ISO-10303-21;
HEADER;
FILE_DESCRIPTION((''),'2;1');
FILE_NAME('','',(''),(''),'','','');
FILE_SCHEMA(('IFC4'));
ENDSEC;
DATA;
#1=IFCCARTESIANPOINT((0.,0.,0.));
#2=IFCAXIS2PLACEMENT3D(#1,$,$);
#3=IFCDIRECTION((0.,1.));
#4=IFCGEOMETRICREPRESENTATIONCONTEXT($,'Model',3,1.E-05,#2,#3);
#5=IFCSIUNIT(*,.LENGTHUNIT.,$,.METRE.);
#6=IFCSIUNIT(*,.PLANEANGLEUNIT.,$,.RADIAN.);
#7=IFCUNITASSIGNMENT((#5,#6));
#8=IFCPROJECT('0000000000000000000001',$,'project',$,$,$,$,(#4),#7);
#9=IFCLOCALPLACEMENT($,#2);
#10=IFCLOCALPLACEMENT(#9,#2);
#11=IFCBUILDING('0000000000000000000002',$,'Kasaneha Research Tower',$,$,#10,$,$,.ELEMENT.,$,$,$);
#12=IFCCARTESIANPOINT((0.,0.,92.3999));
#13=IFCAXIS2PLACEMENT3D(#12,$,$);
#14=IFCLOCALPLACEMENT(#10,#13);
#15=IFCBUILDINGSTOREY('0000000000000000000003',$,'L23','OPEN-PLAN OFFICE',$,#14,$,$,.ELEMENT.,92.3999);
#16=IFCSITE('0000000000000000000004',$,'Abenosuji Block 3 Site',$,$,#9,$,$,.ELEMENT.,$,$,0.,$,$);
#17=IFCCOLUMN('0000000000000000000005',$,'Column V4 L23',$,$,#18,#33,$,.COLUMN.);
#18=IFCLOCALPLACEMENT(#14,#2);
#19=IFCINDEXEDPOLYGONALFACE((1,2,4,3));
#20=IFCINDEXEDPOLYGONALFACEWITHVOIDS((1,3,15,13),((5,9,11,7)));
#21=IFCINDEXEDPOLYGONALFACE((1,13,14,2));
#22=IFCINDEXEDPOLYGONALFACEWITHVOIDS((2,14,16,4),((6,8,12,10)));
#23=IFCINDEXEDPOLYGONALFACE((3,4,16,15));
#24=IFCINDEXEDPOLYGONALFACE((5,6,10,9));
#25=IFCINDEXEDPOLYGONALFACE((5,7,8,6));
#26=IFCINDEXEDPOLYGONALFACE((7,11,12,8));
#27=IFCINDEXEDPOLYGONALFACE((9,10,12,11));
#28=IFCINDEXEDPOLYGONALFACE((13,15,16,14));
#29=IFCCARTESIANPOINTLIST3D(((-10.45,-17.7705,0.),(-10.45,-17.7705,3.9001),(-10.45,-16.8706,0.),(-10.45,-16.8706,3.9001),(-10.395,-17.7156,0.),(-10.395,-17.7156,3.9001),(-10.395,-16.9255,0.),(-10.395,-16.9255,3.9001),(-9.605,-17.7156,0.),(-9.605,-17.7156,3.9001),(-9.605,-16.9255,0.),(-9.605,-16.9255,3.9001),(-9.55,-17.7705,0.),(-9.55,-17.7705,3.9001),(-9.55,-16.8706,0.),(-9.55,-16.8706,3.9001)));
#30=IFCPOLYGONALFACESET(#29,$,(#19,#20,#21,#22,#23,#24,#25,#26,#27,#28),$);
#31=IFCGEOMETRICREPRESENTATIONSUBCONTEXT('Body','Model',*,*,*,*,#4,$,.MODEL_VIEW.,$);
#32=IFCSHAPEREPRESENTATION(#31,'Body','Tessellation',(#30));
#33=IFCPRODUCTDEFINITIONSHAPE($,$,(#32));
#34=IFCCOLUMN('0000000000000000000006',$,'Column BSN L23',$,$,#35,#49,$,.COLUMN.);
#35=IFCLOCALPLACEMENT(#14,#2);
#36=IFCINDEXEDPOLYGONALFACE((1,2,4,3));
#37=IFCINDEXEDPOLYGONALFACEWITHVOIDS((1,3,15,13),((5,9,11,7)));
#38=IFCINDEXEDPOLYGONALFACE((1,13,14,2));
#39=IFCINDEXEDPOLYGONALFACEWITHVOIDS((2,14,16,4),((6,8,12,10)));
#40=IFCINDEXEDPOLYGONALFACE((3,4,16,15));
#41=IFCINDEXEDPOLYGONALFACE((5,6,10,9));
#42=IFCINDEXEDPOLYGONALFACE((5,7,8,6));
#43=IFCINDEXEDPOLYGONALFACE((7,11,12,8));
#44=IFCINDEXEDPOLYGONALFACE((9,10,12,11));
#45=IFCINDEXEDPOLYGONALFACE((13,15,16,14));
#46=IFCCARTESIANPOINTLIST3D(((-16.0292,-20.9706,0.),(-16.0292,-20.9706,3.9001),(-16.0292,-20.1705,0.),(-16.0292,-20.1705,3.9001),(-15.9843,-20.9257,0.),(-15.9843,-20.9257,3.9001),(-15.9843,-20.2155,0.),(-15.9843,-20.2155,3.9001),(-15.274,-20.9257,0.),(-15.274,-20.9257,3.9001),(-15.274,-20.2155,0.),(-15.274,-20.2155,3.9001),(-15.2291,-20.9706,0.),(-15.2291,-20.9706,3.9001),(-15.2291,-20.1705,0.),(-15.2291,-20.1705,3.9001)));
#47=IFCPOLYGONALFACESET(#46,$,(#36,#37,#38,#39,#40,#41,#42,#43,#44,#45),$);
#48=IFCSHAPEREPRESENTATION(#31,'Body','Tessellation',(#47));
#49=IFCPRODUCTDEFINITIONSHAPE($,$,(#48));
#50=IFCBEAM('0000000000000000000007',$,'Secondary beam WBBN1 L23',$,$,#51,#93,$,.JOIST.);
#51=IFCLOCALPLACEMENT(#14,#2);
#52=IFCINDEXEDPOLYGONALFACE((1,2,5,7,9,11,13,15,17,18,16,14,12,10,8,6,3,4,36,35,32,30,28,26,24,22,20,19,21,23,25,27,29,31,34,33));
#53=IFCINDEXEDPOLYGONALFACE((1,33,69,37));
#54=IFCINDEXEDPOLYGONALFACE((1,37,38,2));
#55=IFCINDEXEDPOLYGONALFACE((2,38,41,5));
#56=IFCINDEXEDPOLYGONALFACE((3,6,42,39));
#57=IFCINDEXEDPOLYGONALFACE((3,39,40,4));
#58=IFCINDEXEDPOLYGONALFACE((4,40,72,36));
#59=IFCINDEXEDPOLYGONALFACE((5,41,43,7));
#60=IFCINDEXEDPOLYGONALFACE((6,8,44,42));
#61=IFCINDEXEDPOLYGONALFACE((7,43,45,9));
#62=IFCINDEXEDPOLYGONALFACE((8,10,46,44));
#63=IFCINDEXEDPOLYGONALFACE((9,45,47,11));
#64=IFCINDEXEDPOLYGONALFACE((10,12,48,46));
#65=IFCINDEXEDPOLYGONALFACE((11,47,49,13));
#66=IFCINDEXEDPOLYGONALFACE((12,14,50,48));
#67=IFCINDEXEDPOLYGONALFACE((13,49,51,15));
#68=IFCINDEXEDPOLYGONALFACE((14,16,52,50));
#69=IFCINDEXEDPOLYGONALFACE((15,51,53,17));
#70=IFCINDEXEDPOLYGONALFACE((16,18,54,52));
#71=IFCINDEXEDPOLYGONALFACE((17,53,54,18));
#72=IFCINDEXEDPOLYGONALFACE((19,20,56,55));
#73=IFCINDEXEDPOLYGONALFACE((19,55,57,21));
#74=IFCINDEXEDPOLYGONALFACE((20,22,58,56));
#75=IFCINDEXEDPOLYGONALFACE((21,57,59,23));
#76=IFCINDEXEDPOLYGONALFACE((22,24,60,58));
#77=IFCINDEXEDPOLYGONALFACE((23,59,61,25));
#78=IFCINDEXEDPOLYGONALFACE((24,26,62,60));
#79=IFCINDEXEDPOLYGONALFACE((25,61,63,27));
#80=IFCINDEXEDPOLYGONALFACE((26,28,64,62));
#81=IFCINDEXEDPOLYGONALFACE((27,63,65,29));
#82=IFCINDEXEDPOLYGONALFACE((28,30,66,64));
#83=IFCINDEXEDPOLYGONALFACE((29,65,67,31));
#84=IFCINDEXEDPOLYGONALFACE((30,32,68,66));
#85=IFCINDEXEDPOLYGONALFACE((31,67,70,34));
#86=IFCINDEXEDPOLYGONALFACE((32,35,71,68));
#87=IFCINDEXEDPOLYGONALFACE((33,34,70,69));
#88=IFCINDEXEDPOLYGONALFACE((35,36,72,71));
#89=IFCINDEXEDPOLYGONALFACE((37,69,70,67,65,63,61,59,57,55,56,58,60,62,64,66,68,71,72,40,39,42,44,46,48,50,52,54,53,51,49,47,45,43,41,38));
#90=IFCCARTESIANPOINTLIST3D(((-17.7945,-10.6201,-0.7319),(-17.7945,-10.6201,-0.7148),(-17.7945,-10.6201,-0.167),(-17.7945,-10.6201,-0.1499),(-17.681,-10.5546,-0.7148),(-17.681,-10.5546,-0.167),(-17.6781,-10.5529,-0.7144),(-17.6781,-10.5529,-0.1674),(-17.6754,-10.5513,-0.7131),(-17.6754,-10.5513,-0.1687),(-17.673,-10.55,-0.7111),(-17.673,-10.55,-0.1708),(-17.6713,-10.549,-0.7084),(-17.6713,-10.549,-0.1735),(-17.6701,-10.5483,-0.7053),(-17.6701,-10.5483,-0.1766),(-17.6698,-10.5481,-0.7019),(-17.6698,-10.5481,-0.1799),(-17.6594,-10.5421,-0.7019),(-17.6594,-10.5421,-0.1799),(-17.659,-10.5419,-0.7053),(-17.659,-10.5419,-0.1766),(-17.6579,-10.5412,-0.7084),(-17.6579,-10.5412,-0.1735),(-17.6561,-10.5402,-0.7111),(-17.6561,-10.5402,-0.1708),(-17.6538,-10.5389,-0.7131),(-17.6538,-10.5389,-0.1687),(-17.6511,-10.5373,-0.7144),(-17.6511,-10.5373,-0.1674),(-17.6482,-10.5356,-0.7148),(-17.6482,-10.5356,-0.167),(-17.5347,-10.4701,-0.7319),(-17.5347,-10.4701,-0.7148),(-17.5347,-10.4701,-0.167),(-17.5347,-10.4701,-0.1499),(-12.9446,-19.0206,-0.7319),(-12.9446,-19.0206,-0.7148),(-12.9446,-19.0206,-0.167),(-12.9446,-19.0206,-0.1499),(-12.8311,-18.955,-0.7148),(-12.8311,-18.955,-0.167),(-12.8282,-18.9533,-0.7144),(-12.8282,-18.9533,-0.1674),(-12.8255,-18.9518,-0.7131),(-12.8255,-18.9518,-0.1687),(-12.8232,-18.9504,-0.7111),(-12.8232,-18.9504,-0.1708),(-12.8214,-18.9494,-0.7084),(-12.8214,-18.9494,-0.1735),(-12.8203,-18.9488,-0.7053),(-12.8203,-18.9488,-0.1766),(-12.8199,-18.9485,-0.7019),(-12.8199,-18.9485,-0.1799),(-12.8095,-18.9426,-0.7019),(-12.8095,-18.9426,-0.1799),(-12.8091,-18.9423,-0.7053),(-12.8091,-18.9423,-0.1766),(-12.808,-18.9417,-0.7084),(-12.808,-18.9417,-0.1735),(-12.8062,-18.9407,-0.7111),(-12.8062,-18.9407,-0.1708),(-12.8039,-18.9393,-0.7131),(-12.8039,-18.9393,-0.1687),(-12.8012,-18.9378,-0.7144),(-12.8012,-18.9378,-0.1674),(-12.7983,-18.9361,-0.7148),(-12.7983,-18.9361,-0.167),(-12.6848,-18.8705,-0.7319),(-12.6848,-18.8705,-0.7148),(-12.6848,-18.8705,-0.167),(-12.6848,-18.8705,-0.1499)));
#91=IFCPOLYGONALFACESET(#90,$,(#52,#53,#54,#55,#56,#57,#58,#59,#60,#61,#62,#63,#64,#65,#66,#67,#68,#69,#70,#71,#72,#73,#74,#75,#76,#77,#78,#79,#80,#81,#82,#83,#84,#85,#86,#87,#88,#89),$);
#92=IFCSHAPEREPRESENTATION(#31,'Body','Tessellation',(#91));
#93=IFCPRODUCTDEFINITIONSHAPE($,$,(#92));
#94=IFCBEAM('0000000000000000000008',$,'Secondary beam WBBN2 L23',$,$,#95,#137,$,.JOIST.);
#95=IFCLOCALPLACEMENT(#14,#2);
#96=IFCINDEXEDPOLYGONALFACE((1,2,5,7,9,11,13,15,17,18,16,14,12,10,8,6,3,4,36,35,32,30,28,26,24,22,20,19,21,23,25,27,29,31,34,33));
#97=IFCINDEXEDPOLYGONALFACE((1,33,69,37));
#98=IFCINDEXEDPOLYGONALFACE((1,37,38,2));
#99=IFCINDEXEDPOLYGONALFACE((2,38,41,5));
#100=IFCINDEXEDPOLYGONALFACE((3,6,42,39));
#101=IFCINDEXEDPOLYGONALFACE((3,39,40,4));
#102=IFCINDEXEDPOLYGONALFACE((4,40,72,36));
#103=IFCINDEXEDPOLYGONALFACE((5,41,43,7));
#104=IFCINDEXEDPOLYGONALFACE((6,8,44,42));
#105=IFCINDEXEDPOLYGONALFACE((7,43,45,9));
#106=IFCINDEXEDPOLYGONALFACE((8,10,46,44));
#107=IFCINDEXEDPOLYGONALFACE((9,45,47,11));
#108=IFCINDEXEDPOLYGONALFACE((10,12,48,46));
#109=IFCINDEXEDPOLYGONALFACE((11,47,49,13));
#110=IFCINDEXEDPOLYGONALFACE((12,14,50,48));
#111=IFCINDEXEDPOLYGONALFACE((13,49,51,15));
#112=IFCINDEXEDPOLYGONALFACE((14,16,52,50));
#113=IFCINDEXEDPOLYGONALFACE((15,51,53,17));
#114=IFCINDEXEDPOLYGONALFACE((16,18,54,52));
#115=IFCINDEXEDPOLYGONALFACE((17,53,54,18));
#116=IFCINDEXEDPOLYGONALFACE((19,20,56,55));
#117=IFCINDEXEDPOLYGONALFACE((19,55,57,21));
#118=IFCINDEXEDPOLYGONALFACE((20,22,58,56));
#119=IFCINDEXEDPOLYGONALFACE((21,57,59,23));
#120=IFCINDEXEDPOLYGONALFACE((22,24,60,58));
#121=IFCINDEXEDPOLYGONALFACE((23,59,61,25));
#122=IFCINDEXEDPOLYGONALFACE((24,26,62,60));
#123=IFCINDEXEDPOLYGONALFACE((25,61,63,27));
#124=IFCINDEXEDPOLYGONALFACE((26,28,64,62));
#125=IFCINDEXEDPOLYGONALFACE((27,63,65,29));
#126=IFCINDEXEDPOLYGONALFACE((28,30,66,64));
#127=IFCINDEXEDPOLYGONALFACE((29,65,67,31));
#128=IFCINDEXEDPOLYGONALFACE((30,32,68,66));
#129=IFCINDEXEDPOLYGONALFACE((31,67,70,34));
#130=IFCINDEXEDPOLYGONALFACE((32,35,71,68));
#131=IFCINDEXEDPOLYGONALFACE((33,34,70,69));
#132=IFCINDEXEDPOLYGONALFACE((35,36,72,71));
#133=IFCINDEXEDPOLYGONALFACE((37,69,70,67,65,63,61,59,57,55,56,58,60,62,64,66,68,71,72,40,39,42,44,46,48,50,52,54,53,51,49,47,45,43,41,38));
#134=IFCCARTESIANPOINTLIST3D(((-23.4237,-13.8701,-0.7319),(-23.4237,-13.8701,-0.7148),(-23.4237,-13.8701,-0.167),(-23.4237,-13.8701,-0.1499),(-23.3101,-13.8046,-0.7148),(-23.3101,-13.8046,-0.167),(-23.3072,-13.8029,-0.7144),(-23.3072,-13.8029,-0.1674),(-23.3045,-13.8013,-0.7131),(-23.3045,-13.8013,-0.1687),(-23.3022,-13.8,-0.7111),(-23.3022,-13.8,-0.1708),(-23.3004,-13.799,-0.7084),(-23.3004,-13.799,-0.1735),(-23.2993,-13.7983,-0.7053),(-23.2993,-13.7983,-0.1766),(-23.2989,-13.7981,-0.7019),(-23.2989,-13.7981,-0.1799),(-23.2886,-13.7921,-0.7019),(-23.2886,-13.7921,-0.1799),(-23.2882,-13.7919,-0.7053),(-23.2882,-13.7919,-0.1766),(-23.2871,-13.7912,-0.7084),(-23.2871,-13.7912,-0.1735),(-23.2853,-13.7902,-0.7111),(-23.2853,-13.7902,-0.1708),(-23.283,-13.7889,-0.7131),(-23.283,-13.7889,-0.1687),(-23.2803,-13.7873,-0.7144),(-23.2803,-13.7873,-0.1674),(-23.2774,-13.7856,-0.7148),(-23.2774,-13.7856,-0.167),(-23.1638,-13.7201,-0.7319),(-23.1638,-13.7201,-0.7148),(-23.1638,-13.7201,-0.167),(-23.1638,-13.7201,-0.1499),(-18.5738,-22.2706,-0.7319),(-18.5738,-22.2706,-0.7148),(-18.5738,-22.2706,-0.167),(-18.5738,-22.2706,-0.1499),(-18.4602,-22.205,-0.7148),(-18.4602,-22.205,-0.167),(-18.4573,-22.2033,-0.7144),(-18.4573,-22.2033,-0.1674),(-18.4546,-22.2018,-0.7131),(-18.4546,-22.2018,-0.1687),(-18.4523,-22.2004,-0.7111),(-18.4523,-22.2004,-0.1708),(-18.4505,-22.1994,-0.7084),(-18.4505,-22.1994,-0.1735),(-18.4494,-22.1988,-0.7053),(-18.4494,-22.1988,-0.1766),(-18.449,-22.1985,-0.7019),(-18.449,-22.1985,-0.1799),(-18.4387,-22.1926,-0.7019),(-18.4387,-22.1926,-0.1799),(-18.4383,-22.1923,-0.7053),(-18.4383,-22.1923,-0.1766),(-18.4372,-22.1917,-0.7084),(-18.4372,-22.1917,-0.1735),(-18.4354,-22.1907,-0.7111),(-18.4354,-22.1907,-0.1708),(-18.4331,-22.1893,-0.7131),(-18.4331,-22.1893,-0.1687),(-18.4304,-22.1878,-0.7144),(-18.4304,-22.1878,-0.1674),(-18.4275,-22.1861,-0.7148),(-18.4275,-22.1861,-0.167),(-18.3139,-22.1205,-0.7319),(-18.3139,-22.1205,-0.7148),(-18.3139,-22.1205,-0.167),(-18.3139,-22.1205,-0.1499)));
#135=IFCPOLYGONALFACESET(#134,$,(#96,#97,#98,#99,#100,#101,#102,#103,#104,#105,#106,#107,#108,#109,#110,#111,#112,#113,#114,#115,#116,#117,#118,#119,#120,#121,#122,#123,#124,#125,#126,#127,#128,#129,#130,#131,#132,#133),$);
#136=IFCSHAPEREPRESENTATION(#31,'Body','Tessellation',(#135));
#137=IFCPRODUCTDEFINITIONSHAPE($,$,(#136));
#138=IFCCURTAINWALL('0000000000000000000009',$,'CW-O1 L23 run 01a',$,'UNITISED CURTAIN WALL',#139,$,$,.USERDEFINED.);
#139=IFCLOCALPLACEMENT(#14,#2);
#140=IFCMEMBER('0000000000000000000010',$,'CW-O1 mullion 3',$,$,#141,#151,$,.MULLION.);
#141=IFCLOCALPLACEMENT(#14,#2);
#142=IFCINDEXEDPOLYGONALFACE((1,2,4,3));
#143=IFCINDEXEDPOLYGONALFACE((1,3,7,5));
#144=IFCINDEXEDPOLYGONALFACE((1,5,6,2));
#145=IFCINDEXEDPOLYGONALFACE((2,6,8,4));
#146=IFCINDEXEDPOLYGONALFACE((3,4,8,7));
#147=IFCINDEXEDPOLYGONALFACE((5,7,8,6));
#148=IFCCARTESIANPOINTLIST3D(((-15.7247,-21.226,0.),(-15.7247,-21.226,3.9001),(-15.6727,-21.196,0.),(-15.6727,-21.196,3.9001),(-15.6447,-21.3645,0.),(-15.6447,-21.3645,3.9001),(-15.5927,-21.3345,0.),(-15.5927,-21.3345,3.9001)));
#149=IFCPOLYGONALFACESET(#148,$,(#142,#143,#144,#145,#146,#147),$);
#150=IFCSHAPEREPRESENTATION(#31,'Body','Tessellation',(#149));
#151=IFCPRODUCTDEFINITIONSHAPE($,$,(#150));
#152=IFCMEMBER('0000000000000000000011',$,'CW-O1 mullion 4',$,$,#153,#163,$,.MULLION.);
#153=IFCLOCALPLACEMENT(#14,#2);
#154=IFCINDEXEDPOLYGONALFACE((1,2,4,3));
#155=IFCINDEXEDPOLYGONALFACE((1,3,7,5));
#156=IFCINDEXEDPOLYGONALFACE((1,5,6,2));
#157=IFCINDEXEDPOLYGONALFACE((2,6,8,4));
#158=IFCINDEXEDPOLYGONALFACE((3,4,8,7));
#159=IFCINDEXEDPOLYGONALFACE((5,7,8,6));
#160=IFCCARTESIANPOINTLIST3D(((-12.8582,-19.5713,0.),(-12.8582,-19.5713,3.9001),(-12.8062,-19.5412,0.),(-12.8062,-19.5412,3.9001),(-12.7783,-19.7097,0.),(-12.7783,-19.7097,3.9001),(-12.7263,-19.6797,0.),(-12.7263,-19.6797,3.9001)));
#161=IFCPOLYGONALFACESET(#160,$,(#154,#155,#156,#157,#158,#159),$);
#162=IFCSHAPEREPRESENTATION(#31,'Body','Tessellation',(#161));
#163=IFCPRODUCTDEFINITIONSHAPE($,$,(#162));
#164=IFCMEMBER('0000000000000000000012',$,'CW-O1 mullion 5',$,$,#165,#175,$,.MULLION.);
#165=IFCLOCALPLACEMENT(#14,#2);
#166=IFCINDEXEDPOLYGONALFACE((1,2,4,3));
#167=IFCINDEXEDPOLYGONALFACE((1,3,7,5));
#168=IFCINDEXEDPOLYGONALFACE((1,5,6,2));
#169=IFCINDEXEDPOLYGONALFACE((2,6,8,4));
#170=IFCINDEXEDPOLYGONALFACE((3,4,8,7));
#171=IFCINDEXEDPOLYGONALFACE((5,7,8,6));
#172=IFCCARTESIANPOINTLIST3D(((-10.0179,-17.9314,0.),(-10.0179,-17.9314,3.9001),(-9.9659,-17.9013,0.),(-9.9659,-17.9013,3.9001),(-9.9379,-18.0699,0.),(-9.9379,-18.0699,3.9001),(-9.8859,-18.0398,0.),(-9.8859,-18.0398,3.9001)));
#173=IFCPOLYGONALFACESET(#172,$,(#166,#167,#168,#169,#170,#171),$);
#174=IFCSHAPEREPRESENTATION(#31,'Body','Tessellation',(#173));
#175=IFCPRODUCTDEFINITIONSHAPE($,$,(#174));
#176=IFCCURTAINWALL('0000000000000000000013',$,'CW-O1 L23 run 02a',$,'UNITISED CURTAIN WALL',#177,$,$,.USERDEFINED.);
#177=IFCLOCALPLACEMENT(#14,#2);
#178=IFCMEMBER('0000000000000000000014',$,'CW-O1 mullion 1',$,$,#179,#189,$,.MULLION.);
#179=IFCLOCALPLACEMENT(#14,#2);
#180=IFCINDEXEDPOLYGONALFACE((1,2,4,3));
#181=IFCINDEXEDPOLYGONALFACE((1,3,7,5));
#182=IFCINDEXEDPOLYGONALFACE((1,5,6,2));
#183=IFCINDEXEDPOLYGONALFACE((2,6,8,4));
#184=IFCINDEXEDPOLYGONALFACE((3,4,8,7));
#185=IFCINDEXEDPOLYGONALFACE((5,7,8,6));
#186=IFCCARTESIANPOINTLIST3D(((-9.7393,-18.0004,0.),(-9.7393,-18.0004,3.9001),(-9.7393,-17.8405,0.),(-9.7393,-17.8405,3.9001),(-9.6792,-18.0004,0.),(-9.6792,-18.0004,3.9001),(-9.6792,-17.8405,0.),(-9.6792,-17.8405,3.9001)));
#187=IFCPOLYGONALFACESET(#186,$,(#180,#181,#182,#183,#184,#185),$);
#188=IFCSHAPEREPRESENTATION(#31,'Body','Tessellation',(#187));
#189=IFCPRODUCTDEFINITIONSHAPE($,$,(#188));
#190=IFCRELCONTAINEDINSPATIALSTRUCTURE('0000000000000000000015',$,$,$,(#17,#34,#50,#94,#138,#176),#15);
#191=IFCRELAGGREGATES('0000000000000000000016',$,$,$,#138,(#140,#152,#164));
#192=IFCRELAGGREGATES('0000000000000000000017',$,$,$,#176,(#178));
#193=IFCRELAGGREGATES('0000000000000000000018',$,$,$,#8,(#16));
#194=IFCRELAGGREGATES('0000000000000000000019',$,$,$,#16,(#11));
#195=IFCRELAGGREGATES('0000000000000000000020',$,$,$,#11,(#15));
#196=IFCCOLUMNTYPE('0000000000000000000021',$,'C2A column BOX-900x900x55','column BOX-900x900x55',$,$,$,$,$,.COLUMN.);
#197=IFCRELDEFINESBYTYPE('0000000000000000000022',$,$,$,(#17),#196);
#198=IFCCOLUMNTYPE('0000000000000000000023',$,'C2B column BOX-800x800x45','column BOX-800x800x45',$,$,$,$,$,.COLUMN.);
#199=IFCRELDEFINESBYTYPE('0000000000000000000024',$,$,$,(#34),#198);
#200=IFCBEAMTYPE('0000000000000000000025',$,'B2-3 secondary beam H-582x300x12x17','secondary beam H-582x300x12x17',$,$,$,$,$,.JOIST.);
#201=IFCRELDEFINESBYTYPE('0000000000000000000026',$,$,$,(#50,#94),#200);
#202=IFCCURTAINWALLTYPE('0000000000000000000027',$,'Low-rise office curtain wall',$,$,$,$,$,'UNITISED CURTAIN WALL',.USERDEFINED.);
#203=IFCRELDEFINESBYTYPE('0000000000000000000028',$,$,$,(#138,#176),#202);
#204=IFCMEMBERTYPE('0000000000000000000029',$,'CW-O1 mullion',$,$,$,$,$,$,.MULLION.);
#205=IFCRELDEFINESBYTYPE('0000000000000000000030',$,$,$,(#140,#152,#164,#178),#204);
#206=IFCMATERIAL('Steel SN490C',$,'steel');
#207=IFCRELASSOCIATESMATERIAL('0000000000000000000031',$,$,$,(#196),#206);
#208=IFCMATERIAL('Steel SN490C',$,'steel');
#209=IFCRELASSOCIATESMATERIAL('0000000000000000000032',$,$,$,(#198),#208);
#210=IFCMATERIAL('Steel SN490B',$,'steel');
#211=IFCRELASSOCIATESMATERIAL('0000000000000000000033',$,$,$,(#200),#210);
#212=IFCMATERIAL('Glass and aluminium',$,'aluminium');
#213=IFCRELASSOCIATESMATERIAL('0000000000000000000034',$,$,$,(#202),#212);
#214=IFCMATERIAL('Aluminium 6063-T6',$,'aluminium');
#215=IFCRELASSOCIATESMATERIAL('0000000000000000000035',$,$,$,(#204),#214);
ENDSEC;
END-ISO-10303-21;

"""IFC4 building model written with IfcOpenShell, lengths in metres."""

from ifc_helpers import new_model, si_unit, direction, frame, origin, origin_2d, place, context, subcontext, project, spatial, rectangle, hollow_rectangle, i_section, extrude, material, material_profile, profile_set, type_object, element, aggregate, save


model = new_model("IFC4")

# Units and contexts
model_context = context("Model", 3, precision=1e-05, world=origin(), true_north=direction((0.0, 1.0)))
body_context = subcontext(model_context, "Body", "Model", "MODEL_VIEW")
ifc_project = project(units=[si_unit("LENGTHUNIT", "METRE"), si_unit("PLANEANGLEUNIT", "RADIAN")], contexts=[model_context])

# Site, building, storey
site_placement = place(None, origin())
site = spatial("IfcSite", under=ifc_project, at=site_placement, Name="Abenosuji Block 3 Site", CompositionType="ELEMENT", RefElevation=0.0)
building_placement = place(site_placement, origin())
building = spatial("IfcBuilding", under=site, at=building_placement, Name="Kasaneha Research Tower", CompositionType="ELEMENT")
storey_placement = place(building_placement, frame((0.0, 0.0, 92.3999)))
storey = spatial("IfcBuildingStorey", under=building, at=storey_placement, Name="L23", Description="OPEN-PLAN OFFICE", CompositionType="ELEMENT", Elevation=92.3999)

# Columns
ifc_material_1 = material(Name="Steel SN490C", Category="steel")
ifc_material_profile_1 = material_profile(ifc_material_1, hollow_rectangle(XDim=0.8999, YDim=0.8999, WallThickness=0.0549, at=origin_2d()), Name="BOX-900x900x55")
ifc_profile_set_1 = profile_set([ifc_material_profile_1], Name="Steel SN490C")
column_type_1 = type_object("IfcColumnType", Name="C2A column BOX-900x900x55", Description="column BOX-900x900x55", PredefinedType="COLUMN", material=ifc_profile_set_1)
column_1_placement = place(storey_placement, frame((-10.0, -17.3206, 0.0), z_axis=(0.0, 0.0, 1.0), x_axis=(1.0, 0.0, 0.0)))
element("IfcColumn", 1, at=column_1_placement, inside=storey, type_object=column_type_1, Name="Column V4 L23", PredefinedType="COLUMN", context=body_context, shape_type="SweptSolid", body=[
    extrude(hollow_rectangle(XDim=0.8999, YDim=0.8999, WallThickness=0.0549, at=origin_2d()), origin(), (0.0, 0.0, 1.0), 3.9001),
])
ifc_material_2 = material(Name="Steel SN490C", Category="steel")
ifc_material_profile_2 = material_profile(ifc_material_2, hollow_rectangle(XDim=0.8, YDim=0.8, WallThickness=0.0449, at=origin_2d()), Name="BOX-800x800x45")
ifc_profile_set_2 = profile_set([ifc_material_profile_2], Name="Steel SN490C")
column_type_2 = type_object("IfcColumnType", Name="C2B column BOX-800x800x45", Description="column BOX-800x800x45", PredefinedType="COLUMN", material=ifc_profile_set_2)
column_2_placement = place(storey_placement, frame((-15.6292, -20.5706, 0.0), z_axis=(0.0, 0.0, 1.0), x_axis=(1.0, 0.0, 0.0)))
element("IfcColumn", 2, at=column_2_placement, inside=storey, type_object=column_type_2, Name="Column BSN L23", PredefinedType="COLUMN", context=body_context, shape_type="SweptSolid", body=[
    extrude(hollow_rectangle(XDim=0.8, YDim=0.8, WallThickness=0.0449, at=origin_2d()), origin(), (0.0, 0.0, 1.0), 3.9001),
])

# Beams
ifc_material_3 = material(Name="Steel SN490B", Category="steel")
ifc_material_profile_3 = material_profile(ifc_material_3, i_section(OverallWidth=0.3, OverallDepth=0.582, WebThickness=0.012, FlangeThickness=0.0171, FilletRadius=0.0129, at=origin_2d()), Name="H-582x300x12x17")
ifc_profile_set_3 = profile_set([ifc_material_profile_3], Name="Steel SN490B")
beam_type_1 = type_object("IfcBeamType", Name="B2-3 secondary beam H-582x300x12x17", Description="secondary beam H-582x300x12x17", PredefinedType="JOIST", material=ifc_profile_set_3)
for number, where, z_axis, x_axis, name in (
    (3, (-12.8147, -18.9456, -0.4409), (-0.499991, 0.866031, 0.0), (-0.866031, -0.499991, 0.0), "Secondary beam WBBN1 L23"),
    (4, (-18.4438, -22.1956, -0.4409), (-0.499991, 0.866031, 0.0), (-0.866031, -0.499991, 0.0), "Secondary beam WBBN2 L23"),
):
    element("IfcBeam", number, at=place(storey_placement, frame(where, z_axis=z_axis, x_axis=x_axis)), inside=storey, type_object=beam_type_1, Name=name, PredefinedType="JOIST", context=body_context, shape_type="SweptSolid", body=[
        extrude(i_section(OverallWidth=0.3, OverallDepth=0.582, WebThickness=0.012, FlangeThickness=0.0171, FilletRadius=0.0129, at=origin_2d()), origin(), (0.0, 0.0, 1.0), 9.7),
    ])

# Curtain walls, members
ifc_material_4 = material(Name="Glass and aluminium", Category="aluminium")
curtain_wall_type = type_object("IfcCurtainWallType", Name="Low-rise office curtain wall", ElementType="UNITISED CURTAIN WALL", PredefinedType="USERDEFINED", material=ifc_material_4)
curtain_wall_1_placement = place(storey_placement, origin())
curtain_wall_1 = element("IfcCurtainWall", 5, at=curtain_wall_1_placement, inside=storey, type_object=curtain_wall_type, Name="CW-O1 L23 run 01a", ObjectType="UNITISED CURTAIN WALL", PredefinedType="USERDEFINED")
ifc_material_5 = material(Name="Aluminium 6063-T6", Category="aluminium")
ifc_material_profile_4 = material_profile(ifc_material_5, rectangle(XDim=0.0601, YDim=0.1599, at=origin_2d()), Name="CW-O1 mullion 60x160")
ifc_profile_set_4 = profile_set([ifc_material_profile_4], Name="Aluminium 6063-T6")
member_type_1 = type_object("IfcMemberType", Name="CW-O1 mullion", PredefinedType="MULLION", material=ifc_profile_set_4)
member_1_placement = place(storey_placement, frame((-15.6587, -21.2803, 0.0), z_axis=(0.0, 0.0, 1.0), x_axis=(0.866025, 0.5, 0.0)))
member_1 = element("IfcMember", 6, at=member_1_placement, type_object=member_type_1, Name="CW-O1 mullion 3", PredefinedType="MULLION", context=body_context, shape_type="SweptSolid", body=[
    extrude(rectangle(XDim=0.0601, YDim=0.1599, at=origin_2d()), origin(), (0.0, 0.0, 1.0), 3.9001),
])
member_2_placement = place(storey_placement, frame((-12.7922, -19.6255, 0.0), z_axis=(0.0, 0.0, 1.0), x_axis=(0.866025, 0.5, 0.0)))
member_2 = element("IfcMember", 7, at=member_2_placement, type_object=member_type_1, Name="CW-O1 mullion 4", PredefinedType="MULLION", context=body_context, shape_type="SweptSolid", body=[
    extrude(rectangle(XDim=0.0601, YDim=0.1599, at=origin_2d()), origin(), (0.0, 0.0, 1.0), 3.9001),
])
member_3_placement = place(storey_placement, frame((-9.9519, -17.9856, 0.0), z_axis=(0.0, 0.0, 1.0), x_axis=(0.866025, 0.5, 0.0)))
member_3 = element("IfcMember", 8, at=member_3_placement, type_object=member_type_1, Name="CW-O1 mullion 5", PredefinedType="MULLION", context=body_context, shape_type="SweptSolid", body=[
    extrude(rectangle(XDim=0.0601, YDim=0.1599, at=origin_2d()), origin(), (0.0, 0.0, 1.0), 3.9001),
])
curtain_wall_2_placement = place(storey_placement, origin())
curtain_wall_2 = element("IfcCurtainWall", 9, at=curtain_wall_2_placement, inside=storey, type_object=curtain_wall_type, Name="CW-O1 L23 run 02a", ObjectType="UNITISED CURTAIN WALL", PredefinedType="USERDEFINED")
member_4_placement = place(storey_placement, frame((-9.7092, -17.9204, 0.0), z_axis=(0.0, 0.0, 1.0), x_axis=(1.0, 0.0, 0.0)))
member_4 = element("IfcMember", 10, at=member_4_placement, type_object=member_type_1, Name="CW-O1 mullion 1", PredefinedType="MULLION", context=body_context, shape_type="SweptSolid", body=[
    extrude(rectangle(XDim=0.0601, YDim=0.1599, at=origin_2d()), origin(), (0.0, 0.0, 1.0), 3.9001),
])

aggregate(curtain_wall_1, [member_1, member_2, member_3])
aggregate(curtain_wall_2, [member_4])

save(model, "model.ifc")
